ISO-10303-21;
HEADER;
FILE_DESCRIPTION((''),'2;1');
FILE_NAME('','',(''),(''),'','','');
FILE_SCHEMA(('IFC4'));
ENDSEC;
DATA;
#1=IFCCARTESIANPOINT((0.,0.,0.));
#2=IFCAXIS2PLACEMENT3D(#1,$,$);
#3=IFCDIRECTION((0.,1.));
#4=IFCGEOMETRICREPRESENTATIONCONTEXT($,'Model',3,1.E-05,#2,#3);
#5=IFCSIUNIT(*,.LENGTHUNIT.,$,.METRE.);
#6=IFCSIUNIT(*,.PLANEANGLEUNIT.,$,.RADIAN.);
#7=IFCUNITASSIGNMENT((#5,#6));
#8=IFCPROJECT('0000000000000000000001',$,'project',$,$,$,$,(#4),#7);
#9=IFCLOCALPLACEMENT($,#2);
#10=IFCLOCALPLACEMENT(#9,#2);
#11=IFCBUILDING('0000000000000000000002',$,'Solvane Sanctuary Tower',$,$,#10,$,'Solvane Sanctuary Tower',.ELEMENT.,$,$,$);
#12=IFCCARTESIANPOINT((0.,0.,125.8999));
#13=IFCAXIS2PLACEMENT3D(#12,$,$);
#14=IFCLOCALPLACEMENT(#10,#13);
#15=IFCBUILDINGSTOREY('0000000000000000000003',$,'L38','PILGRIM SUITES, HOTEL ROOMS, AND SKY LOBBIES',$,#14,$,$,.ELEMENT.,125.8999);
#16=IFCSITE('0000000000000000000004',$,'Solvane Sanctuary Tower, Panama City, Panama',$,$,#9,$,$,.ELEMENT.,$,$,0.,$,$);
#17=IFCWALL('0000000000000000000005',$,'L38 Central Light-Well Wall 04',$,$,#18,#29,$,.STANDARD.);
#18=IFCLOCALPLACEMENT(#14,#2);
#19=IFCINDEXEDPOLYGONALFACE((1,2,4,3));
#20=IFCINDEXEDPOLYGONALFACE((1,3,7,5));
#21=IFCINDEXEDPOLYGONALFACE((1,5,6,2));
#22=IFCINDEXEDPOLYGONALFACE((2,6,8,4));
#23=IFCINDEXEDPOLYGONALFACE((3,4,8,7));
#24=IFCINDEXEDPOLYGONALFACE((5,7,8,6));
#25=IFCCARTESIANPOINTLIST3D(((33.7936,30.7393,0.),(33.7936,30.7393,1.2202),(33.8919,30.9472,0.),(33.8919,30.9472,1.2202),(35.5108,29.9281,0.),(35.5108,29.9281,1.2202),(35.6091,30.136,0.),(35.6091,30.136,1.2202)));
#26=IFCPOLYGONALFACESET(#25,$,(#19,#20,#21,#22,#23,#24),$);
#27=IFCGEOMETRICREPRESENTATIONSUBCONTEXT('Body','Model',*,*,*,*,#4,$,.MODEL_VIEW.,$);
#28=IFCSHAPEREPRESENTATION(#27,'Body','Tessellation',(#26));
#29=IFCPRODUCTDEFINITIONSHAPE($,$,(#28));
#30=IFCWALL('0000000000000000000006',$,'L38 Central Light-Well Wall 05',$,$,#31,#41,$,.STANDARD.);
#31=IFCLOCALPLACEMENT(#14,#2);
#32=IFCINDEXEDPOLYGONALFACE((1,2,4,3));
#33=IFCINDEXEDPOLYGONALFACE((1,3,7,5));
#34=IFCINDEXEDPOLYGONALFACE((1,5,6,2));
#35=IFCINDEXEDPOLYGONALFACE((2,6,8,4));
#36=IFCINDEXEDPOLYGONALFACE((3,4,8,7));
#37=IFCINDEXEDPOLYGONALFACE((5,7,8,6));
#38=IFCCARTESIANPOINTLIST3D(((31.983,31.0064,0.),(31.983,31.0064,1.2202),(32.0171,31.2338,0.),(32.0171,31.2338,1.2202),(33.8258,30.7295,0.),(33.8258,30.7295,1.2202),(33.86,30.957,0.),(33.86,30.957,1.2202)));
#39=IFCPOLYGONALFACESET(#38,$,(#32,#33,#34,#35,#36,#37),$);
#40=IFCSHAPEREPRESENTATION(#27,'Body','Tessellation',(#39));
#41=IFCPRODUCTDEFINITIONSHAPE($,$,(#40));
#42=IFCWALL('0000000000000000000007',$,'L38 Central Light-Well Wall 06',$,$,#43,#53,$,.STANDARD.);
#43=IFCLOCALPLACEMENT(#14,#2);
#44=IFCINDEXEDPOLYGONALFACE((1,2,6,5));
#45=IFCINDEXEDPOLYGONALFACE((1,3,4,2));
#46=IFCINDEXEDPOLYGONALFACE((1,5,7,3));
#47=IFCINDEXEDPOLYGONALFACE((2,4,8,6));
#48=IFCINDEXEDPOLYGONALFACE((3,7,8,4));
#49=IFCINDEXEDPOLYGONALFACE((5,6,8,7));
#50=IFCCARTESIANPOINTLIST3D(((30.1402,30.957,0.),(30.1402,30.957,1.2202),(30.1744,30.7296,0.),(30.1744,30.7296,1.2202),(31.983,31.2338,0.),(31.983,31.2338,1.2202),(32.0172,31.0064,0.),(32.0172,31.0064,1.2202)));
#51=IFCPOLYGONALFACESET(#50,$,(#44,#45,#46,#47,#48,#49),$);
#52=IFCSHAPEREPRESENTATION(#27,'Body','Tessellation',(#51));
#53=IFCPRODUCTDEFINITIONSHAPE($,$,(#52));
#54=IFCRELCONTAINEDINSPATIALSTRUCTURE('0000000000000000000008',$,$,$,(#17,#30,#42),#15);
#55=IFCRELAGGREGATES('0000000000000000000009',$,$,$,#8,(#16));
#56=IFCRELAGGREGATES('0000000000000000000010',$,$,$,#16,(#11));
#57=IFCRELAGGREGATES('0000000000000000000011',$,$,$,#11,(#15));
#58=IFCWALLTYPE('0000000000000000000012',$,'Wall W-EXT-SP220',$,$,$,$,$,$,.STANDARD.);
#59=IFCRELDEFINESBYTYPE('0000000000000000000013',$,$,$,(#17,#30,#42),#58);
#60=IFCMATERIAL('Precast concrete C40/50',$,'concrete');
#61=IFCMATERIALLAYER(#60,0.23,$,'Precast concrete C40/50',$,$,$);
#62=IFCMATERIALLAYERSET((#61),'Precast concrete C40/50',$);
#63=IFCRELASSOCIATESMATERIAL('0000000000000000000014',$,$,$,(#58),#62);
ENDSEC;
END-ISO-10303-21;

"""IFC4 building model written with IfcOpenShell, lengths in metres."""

from ifc_helpers import new_model, si_unit, direction, frame, frame_2d, origin, place, context, subcontext, project, spatial, rectangle, extrude, material, layer, layer_set, type_object, element, save


model = new_model("IFC4")

# Units and contexts
model_context = context("Model", 3, precision=1e-05, world=origin(), true_north=direction((0.0, 1.0)))
body_context = subcontext(model_context, "Body", "Model", "MODEL_VIEW")
ifc_project = project(units=[si_unit("LENGTHUNIT", "METRE"), si_unit("PLANEANGLEUNIT", "RADIAN")], contexts=[model_context])

# Site, building, storey
site_placement = place(None, origin())
site = spatial("IfcSite", under=ifc_project, at=site_placement, Name="Solvane Sanctuary Tower, Panama City, Panama", CompositionType="ELEMENT", RefElevation=0.0)
building_placement = place(site_placement, origin())
building = spatial("IfcBuilding", under=site, at=building_placement, Name="Solvane Sanctuary Tower", LongName="Solvane Sanctuary Tower", CompositionType="ELEMENT")
storey_placement = place(building_placement, frame((0.0, 0.0, 125.8999)))
storey = spatial("IfcBuildingStorey", under=building, at=storey_placement, Name="L38", Description="PILGRIM SUITES, HOTEL ROOMS, AND SKY LOBBIES", CompositionType="ELEMENT", Elevation=125.8999)

# Walls
ifc_material_1 = material(Name="Precast concrete C40/50", Category="concrete")
ifc_layer_1 = layer(ifc_material_1, 0.23, Name="Precast concrete C40/50")
ifc_layer_set_1 = layer_set([ifc_layer_1], Name="Precast concrete C40/50")
wall_type_1 = type_object("IfcWallType", Name="Wall W-EXT-SP220", PredefinedType="STANDARD", material=ifc_layer_set_1)
wall_1_placement = place(storey_placement, frame((35.5601, 30.032, 0.0), z_axis=(0.0, 0.0, 1.0), x_axis=(-0.90418, 0.427152, 0.0)))
element("IfcWall", 1, at=wall_1_placement, inside=storey, type_object=wall_type_1, Name="L38 Central Light-Well Wall 04", PredefinedType="STANDARD", context=body_context, shape_type="SweptSolid", body=[
    extrude(rectangle(XDim=1.8992, YDim=0.23, at=frame_2d((0.9497, 0.0))), origin(), (0.0, 0.0, 1.0), 1.2202),
])
for number, where, z_axis, x_axis, name in (
    (2, (33.8428, 30.8433, 0.0), (0.0, 0.0, 1.0), (-0.988902, 0.148571, 0.0), "L38 Central Light-Well Wall 05"),
    (3, (32.0, 31.1201, 0.0), (0.0, 0.0, 1.0), (-0.988902, -0.148571, 0.0), "L38 Central Light-Well Wall 06"),
):
    element("IfcWall", number, at=place(storey_placement, frame(where, z_axis=z_axis, x_axis=x_axis)), inside=storey, type_object=wall_type_1, Name=name, PredefinedType="STANDARD", context=body_context, shape_type="SweptSolid", body=[
        extrude(rectangle(XDim=1.8635, YDim=0.23, at=frame_2d((0.9316, 0.0))), origin(), (0.0, 0.0, 1.0), 1.2202),
    ])

save(model, "model.ifc")
